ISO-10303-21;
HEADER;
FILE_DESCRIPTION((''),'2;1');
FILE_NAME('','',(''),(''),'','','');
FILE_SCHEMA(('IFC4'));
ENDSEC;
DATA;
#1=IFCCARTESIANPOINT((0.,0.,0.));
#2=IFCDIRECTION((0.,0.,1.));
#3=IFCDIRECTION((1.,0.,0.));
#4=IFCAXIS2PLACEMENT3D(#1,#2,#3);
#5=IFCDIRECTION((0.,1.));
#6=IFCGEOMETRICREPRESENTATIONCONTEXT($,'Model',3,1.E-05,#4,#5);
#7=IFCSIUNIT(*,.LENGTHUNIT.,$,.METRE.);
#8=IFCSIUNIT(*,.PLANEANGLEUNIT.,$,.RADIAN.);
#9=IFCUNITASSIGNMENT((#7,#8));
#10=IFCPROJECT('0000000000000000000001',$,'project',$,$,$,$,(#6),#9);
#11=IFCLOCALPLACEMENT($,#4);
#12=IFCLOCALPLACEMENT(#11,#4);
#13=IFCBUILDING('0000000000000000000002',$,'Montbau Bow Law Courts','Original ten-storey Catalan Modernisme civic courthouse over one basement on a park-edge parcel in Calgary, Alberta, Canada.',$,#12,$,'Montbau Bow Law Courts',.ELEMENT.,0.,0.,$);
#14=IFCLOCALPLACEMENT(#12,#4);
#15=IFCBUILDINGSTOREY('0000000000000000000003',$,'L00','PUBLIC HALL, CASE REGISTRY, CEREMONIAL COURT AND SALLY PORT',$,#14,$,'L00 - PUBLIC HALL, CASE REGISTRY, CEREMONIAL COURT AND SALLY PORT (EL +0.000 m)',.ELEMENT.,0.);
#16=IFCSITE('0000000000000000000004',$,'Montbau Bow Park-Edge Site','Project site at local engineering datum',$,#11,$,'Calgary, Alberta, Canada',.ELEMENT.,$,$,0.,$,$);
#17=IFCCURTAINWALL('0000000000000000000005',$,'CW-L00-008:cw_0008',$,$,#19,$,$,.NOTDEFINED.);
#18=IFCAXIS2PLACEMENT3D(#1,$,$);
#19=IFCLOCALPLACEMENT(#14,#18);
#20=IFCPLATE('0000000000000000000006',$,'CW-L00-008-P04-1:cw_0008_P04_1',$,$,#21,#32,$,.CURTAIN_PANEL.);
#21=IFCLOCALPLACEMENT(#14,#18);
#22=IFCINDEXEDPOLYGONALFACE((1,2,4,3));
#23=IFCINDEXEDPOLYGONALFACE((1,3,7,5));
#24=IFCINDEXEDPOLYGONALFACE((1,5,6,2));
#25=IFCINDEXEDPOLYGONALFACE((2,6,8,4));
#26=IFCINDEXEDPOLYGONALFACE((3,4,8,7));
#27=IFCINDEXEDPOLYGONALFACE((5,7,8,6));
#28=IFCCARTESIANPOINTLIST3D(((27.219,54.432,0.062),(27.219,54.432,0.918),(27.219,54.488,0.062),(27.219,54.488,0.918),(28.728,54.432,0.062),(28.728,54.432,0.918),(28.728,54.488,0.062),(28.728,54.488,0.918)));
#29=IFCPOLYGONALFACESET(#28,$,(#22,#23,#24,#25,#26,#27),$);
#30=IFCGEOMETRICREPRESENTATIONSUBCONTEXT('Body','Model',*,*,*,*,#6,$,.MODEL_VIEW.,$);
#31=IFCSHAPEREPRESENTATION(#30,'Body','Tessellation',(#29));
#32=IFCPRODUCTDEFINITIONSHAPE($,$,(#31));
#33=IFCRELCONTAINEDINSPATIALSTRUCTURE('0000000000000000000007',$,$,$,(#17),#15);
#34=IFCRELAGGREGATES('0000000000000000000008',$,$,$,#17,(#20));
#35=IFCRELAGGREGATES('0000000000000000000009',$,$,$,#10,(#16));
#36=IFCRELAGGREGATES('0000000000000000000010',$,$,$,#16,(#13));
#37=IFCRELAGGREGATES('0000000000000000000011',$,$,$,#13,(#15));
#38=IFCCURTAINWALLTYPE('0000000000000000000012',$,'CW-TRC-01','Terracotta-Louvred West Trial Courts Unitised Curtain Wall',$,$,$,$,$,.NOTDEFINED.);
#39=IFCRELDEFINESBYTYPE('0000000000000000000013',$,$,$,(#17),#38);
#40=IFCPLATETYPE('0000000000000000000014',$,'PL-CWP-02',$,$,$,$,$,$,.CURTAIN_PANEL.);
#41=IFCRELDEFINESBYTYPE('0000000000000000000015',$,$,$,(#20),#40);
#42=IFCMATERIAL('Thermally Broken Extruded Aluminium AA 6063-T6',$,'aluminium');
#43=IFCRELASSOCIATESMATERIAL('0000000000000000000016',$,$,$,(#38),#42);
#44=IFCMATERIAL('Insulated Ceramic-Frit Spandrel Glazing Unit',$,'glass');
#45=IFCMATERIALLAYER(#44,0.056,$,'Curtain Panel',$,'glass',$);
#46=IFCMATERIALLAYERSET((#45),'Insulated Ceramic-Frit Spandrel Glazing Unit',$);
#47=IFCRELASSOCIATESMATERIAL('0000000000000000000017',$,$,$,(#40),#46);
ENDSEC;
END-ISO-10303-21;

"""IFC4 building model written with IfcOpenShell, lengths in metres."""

from ifc_helpers import new_model, si_unit, direction, frame, frame_2d, origin_with_axes, place, context, subcontext, project, spatial, rectangle, extrude, material, layer, layer_set, type_object, element, aggregate, save


model = new_model("IFC4")

# Units and contexts
model_context = context("Model", 3, precision=1e-05, world=origin_with_axes(), true_north=direction((0.0, 1.0)))
body_context = subcontext(model_context, "Body", "Model", "MODEL_VIEW")
ifc_project = project(units=[si_unit("LENGTHUNIT", "METRE"), si_unit("PLANEANGLEUNIT", "RADIAN")], contexts=[model_context])

# Site, building, storey
site_placement = place(None, origin_with_axes())
site = spatial("IfcSite", under=ifc_project, at=site_placement, Name="Montbau Bow Park-Edge Site", Description="Project site at local engineering datum", LongName="Calgary, Alberta, Canada", CompositionType="ELEMENT", RefElevation=0.0)
building_placement = place(site_placement, origin_with_axes())
building = spatial("IfcBuilding", under=site, at=building_placement, Name="Montbau Bow Law Courts", Description="Original ten-storey Catalan Modernisme civic courthouse over one basement on a park-edge parcel in Calgary, Alberta, Canada.", LongName="Montbau Bow Law Courts", CompositionType="ELEMENT", ElevationOfRefHeight=0.0, ElevationOfTerrain=0.0)
storey_placement = place(building_placement, origin_with_axes())
storey = spatial("IfcBuildingStorey", under=building, at=storey_placement, Name="L00", Description="PUBLIC HALL, CASE REGISTRY, CEREMONIAL COURT AND SALLY PORT", LongName="L00 - PUBLIC HALL, CASE REGISTRY, CEREMONIAL COURT AND SALLY PORT (EL +0.000 m)", CompositionType="ELEMENT", Elevation=0.0)

# Curtain wall
ifc_material_1 = material(Name="Thermally Broken Extruded Aluminium AA 6063-T6", Category="aluminium")
curtain_wall_type = type_object("IfcCurtainWallType", Name="CW-TRC-01", Description="Terracotta-Louvred West Trial Courts Unitised Curtain Wall", PredefinedType="NOTDEFINED", material=ifc_material_1)
curtain_wall_1_placement = place(None, frame((22.467, 54.46, 0.0), z_axis=(0.0, 0.0, 1.0), x_axis=(1.0, 0.0, 0.0)))
curtain_wall_1 = element("IfcCurtainWall", 1, at=curtain_wall_1_placement, inside=storey, type_object=curtain_wall_type, Name="CW-L00-008:cw_0008", PredefinedType="NOTDEFINED")

# Plate
ifc_material_2 = material(Name="Insulated Ceramic-Frit Spandrel Glazing Unit", Category="glass")
ifc_layer_1 = layer(ifc_material_2, 0.056, Name="Curtain Panel", Category="glass")
ifc_layer_set_1 = layer_set([ifc_layer_1], Name="Insulated Ceramic-Frit Spandrel Glazing Unit")
plate_type_1 = type_object("IfcPlateType", Name="PL-CWP-02", PredefinedType="CURTAIN_PANEL", material=ifc_layer_set_1)
plate_1_placement = place(None, frame((27.219, 54.46, 0.062), z_axis=(0.0, -1.0, 0.0), x_axis=(1.0, 0.0, 0.0)))
plate_1 = element("IfcPlate", 2, at=plate_1_placement, type_object=plate_type_1, Name="CW-L00-008-P04-1:cw_0008_P04_1", PredefinedType="CURTAIN_PANEL", context=body_context, shape_type="SweptSolid", body=[
    extrude(rectangle(XDim=1.509, YDim=0.856, at=frame_2d((0.7545, 0.428), x_axis=(1.0, 0.0))), frame((0.0, 0.0, -0.028), z_axis=(0.0, 0.0, 1.0), x_axis=(1.0, 0.0, 0.0)), (0.0, 0.0, 1.0), 0.056),
])
aggregate(curtain_wall_1, [plate_1])

save(model, "model.ifc")
